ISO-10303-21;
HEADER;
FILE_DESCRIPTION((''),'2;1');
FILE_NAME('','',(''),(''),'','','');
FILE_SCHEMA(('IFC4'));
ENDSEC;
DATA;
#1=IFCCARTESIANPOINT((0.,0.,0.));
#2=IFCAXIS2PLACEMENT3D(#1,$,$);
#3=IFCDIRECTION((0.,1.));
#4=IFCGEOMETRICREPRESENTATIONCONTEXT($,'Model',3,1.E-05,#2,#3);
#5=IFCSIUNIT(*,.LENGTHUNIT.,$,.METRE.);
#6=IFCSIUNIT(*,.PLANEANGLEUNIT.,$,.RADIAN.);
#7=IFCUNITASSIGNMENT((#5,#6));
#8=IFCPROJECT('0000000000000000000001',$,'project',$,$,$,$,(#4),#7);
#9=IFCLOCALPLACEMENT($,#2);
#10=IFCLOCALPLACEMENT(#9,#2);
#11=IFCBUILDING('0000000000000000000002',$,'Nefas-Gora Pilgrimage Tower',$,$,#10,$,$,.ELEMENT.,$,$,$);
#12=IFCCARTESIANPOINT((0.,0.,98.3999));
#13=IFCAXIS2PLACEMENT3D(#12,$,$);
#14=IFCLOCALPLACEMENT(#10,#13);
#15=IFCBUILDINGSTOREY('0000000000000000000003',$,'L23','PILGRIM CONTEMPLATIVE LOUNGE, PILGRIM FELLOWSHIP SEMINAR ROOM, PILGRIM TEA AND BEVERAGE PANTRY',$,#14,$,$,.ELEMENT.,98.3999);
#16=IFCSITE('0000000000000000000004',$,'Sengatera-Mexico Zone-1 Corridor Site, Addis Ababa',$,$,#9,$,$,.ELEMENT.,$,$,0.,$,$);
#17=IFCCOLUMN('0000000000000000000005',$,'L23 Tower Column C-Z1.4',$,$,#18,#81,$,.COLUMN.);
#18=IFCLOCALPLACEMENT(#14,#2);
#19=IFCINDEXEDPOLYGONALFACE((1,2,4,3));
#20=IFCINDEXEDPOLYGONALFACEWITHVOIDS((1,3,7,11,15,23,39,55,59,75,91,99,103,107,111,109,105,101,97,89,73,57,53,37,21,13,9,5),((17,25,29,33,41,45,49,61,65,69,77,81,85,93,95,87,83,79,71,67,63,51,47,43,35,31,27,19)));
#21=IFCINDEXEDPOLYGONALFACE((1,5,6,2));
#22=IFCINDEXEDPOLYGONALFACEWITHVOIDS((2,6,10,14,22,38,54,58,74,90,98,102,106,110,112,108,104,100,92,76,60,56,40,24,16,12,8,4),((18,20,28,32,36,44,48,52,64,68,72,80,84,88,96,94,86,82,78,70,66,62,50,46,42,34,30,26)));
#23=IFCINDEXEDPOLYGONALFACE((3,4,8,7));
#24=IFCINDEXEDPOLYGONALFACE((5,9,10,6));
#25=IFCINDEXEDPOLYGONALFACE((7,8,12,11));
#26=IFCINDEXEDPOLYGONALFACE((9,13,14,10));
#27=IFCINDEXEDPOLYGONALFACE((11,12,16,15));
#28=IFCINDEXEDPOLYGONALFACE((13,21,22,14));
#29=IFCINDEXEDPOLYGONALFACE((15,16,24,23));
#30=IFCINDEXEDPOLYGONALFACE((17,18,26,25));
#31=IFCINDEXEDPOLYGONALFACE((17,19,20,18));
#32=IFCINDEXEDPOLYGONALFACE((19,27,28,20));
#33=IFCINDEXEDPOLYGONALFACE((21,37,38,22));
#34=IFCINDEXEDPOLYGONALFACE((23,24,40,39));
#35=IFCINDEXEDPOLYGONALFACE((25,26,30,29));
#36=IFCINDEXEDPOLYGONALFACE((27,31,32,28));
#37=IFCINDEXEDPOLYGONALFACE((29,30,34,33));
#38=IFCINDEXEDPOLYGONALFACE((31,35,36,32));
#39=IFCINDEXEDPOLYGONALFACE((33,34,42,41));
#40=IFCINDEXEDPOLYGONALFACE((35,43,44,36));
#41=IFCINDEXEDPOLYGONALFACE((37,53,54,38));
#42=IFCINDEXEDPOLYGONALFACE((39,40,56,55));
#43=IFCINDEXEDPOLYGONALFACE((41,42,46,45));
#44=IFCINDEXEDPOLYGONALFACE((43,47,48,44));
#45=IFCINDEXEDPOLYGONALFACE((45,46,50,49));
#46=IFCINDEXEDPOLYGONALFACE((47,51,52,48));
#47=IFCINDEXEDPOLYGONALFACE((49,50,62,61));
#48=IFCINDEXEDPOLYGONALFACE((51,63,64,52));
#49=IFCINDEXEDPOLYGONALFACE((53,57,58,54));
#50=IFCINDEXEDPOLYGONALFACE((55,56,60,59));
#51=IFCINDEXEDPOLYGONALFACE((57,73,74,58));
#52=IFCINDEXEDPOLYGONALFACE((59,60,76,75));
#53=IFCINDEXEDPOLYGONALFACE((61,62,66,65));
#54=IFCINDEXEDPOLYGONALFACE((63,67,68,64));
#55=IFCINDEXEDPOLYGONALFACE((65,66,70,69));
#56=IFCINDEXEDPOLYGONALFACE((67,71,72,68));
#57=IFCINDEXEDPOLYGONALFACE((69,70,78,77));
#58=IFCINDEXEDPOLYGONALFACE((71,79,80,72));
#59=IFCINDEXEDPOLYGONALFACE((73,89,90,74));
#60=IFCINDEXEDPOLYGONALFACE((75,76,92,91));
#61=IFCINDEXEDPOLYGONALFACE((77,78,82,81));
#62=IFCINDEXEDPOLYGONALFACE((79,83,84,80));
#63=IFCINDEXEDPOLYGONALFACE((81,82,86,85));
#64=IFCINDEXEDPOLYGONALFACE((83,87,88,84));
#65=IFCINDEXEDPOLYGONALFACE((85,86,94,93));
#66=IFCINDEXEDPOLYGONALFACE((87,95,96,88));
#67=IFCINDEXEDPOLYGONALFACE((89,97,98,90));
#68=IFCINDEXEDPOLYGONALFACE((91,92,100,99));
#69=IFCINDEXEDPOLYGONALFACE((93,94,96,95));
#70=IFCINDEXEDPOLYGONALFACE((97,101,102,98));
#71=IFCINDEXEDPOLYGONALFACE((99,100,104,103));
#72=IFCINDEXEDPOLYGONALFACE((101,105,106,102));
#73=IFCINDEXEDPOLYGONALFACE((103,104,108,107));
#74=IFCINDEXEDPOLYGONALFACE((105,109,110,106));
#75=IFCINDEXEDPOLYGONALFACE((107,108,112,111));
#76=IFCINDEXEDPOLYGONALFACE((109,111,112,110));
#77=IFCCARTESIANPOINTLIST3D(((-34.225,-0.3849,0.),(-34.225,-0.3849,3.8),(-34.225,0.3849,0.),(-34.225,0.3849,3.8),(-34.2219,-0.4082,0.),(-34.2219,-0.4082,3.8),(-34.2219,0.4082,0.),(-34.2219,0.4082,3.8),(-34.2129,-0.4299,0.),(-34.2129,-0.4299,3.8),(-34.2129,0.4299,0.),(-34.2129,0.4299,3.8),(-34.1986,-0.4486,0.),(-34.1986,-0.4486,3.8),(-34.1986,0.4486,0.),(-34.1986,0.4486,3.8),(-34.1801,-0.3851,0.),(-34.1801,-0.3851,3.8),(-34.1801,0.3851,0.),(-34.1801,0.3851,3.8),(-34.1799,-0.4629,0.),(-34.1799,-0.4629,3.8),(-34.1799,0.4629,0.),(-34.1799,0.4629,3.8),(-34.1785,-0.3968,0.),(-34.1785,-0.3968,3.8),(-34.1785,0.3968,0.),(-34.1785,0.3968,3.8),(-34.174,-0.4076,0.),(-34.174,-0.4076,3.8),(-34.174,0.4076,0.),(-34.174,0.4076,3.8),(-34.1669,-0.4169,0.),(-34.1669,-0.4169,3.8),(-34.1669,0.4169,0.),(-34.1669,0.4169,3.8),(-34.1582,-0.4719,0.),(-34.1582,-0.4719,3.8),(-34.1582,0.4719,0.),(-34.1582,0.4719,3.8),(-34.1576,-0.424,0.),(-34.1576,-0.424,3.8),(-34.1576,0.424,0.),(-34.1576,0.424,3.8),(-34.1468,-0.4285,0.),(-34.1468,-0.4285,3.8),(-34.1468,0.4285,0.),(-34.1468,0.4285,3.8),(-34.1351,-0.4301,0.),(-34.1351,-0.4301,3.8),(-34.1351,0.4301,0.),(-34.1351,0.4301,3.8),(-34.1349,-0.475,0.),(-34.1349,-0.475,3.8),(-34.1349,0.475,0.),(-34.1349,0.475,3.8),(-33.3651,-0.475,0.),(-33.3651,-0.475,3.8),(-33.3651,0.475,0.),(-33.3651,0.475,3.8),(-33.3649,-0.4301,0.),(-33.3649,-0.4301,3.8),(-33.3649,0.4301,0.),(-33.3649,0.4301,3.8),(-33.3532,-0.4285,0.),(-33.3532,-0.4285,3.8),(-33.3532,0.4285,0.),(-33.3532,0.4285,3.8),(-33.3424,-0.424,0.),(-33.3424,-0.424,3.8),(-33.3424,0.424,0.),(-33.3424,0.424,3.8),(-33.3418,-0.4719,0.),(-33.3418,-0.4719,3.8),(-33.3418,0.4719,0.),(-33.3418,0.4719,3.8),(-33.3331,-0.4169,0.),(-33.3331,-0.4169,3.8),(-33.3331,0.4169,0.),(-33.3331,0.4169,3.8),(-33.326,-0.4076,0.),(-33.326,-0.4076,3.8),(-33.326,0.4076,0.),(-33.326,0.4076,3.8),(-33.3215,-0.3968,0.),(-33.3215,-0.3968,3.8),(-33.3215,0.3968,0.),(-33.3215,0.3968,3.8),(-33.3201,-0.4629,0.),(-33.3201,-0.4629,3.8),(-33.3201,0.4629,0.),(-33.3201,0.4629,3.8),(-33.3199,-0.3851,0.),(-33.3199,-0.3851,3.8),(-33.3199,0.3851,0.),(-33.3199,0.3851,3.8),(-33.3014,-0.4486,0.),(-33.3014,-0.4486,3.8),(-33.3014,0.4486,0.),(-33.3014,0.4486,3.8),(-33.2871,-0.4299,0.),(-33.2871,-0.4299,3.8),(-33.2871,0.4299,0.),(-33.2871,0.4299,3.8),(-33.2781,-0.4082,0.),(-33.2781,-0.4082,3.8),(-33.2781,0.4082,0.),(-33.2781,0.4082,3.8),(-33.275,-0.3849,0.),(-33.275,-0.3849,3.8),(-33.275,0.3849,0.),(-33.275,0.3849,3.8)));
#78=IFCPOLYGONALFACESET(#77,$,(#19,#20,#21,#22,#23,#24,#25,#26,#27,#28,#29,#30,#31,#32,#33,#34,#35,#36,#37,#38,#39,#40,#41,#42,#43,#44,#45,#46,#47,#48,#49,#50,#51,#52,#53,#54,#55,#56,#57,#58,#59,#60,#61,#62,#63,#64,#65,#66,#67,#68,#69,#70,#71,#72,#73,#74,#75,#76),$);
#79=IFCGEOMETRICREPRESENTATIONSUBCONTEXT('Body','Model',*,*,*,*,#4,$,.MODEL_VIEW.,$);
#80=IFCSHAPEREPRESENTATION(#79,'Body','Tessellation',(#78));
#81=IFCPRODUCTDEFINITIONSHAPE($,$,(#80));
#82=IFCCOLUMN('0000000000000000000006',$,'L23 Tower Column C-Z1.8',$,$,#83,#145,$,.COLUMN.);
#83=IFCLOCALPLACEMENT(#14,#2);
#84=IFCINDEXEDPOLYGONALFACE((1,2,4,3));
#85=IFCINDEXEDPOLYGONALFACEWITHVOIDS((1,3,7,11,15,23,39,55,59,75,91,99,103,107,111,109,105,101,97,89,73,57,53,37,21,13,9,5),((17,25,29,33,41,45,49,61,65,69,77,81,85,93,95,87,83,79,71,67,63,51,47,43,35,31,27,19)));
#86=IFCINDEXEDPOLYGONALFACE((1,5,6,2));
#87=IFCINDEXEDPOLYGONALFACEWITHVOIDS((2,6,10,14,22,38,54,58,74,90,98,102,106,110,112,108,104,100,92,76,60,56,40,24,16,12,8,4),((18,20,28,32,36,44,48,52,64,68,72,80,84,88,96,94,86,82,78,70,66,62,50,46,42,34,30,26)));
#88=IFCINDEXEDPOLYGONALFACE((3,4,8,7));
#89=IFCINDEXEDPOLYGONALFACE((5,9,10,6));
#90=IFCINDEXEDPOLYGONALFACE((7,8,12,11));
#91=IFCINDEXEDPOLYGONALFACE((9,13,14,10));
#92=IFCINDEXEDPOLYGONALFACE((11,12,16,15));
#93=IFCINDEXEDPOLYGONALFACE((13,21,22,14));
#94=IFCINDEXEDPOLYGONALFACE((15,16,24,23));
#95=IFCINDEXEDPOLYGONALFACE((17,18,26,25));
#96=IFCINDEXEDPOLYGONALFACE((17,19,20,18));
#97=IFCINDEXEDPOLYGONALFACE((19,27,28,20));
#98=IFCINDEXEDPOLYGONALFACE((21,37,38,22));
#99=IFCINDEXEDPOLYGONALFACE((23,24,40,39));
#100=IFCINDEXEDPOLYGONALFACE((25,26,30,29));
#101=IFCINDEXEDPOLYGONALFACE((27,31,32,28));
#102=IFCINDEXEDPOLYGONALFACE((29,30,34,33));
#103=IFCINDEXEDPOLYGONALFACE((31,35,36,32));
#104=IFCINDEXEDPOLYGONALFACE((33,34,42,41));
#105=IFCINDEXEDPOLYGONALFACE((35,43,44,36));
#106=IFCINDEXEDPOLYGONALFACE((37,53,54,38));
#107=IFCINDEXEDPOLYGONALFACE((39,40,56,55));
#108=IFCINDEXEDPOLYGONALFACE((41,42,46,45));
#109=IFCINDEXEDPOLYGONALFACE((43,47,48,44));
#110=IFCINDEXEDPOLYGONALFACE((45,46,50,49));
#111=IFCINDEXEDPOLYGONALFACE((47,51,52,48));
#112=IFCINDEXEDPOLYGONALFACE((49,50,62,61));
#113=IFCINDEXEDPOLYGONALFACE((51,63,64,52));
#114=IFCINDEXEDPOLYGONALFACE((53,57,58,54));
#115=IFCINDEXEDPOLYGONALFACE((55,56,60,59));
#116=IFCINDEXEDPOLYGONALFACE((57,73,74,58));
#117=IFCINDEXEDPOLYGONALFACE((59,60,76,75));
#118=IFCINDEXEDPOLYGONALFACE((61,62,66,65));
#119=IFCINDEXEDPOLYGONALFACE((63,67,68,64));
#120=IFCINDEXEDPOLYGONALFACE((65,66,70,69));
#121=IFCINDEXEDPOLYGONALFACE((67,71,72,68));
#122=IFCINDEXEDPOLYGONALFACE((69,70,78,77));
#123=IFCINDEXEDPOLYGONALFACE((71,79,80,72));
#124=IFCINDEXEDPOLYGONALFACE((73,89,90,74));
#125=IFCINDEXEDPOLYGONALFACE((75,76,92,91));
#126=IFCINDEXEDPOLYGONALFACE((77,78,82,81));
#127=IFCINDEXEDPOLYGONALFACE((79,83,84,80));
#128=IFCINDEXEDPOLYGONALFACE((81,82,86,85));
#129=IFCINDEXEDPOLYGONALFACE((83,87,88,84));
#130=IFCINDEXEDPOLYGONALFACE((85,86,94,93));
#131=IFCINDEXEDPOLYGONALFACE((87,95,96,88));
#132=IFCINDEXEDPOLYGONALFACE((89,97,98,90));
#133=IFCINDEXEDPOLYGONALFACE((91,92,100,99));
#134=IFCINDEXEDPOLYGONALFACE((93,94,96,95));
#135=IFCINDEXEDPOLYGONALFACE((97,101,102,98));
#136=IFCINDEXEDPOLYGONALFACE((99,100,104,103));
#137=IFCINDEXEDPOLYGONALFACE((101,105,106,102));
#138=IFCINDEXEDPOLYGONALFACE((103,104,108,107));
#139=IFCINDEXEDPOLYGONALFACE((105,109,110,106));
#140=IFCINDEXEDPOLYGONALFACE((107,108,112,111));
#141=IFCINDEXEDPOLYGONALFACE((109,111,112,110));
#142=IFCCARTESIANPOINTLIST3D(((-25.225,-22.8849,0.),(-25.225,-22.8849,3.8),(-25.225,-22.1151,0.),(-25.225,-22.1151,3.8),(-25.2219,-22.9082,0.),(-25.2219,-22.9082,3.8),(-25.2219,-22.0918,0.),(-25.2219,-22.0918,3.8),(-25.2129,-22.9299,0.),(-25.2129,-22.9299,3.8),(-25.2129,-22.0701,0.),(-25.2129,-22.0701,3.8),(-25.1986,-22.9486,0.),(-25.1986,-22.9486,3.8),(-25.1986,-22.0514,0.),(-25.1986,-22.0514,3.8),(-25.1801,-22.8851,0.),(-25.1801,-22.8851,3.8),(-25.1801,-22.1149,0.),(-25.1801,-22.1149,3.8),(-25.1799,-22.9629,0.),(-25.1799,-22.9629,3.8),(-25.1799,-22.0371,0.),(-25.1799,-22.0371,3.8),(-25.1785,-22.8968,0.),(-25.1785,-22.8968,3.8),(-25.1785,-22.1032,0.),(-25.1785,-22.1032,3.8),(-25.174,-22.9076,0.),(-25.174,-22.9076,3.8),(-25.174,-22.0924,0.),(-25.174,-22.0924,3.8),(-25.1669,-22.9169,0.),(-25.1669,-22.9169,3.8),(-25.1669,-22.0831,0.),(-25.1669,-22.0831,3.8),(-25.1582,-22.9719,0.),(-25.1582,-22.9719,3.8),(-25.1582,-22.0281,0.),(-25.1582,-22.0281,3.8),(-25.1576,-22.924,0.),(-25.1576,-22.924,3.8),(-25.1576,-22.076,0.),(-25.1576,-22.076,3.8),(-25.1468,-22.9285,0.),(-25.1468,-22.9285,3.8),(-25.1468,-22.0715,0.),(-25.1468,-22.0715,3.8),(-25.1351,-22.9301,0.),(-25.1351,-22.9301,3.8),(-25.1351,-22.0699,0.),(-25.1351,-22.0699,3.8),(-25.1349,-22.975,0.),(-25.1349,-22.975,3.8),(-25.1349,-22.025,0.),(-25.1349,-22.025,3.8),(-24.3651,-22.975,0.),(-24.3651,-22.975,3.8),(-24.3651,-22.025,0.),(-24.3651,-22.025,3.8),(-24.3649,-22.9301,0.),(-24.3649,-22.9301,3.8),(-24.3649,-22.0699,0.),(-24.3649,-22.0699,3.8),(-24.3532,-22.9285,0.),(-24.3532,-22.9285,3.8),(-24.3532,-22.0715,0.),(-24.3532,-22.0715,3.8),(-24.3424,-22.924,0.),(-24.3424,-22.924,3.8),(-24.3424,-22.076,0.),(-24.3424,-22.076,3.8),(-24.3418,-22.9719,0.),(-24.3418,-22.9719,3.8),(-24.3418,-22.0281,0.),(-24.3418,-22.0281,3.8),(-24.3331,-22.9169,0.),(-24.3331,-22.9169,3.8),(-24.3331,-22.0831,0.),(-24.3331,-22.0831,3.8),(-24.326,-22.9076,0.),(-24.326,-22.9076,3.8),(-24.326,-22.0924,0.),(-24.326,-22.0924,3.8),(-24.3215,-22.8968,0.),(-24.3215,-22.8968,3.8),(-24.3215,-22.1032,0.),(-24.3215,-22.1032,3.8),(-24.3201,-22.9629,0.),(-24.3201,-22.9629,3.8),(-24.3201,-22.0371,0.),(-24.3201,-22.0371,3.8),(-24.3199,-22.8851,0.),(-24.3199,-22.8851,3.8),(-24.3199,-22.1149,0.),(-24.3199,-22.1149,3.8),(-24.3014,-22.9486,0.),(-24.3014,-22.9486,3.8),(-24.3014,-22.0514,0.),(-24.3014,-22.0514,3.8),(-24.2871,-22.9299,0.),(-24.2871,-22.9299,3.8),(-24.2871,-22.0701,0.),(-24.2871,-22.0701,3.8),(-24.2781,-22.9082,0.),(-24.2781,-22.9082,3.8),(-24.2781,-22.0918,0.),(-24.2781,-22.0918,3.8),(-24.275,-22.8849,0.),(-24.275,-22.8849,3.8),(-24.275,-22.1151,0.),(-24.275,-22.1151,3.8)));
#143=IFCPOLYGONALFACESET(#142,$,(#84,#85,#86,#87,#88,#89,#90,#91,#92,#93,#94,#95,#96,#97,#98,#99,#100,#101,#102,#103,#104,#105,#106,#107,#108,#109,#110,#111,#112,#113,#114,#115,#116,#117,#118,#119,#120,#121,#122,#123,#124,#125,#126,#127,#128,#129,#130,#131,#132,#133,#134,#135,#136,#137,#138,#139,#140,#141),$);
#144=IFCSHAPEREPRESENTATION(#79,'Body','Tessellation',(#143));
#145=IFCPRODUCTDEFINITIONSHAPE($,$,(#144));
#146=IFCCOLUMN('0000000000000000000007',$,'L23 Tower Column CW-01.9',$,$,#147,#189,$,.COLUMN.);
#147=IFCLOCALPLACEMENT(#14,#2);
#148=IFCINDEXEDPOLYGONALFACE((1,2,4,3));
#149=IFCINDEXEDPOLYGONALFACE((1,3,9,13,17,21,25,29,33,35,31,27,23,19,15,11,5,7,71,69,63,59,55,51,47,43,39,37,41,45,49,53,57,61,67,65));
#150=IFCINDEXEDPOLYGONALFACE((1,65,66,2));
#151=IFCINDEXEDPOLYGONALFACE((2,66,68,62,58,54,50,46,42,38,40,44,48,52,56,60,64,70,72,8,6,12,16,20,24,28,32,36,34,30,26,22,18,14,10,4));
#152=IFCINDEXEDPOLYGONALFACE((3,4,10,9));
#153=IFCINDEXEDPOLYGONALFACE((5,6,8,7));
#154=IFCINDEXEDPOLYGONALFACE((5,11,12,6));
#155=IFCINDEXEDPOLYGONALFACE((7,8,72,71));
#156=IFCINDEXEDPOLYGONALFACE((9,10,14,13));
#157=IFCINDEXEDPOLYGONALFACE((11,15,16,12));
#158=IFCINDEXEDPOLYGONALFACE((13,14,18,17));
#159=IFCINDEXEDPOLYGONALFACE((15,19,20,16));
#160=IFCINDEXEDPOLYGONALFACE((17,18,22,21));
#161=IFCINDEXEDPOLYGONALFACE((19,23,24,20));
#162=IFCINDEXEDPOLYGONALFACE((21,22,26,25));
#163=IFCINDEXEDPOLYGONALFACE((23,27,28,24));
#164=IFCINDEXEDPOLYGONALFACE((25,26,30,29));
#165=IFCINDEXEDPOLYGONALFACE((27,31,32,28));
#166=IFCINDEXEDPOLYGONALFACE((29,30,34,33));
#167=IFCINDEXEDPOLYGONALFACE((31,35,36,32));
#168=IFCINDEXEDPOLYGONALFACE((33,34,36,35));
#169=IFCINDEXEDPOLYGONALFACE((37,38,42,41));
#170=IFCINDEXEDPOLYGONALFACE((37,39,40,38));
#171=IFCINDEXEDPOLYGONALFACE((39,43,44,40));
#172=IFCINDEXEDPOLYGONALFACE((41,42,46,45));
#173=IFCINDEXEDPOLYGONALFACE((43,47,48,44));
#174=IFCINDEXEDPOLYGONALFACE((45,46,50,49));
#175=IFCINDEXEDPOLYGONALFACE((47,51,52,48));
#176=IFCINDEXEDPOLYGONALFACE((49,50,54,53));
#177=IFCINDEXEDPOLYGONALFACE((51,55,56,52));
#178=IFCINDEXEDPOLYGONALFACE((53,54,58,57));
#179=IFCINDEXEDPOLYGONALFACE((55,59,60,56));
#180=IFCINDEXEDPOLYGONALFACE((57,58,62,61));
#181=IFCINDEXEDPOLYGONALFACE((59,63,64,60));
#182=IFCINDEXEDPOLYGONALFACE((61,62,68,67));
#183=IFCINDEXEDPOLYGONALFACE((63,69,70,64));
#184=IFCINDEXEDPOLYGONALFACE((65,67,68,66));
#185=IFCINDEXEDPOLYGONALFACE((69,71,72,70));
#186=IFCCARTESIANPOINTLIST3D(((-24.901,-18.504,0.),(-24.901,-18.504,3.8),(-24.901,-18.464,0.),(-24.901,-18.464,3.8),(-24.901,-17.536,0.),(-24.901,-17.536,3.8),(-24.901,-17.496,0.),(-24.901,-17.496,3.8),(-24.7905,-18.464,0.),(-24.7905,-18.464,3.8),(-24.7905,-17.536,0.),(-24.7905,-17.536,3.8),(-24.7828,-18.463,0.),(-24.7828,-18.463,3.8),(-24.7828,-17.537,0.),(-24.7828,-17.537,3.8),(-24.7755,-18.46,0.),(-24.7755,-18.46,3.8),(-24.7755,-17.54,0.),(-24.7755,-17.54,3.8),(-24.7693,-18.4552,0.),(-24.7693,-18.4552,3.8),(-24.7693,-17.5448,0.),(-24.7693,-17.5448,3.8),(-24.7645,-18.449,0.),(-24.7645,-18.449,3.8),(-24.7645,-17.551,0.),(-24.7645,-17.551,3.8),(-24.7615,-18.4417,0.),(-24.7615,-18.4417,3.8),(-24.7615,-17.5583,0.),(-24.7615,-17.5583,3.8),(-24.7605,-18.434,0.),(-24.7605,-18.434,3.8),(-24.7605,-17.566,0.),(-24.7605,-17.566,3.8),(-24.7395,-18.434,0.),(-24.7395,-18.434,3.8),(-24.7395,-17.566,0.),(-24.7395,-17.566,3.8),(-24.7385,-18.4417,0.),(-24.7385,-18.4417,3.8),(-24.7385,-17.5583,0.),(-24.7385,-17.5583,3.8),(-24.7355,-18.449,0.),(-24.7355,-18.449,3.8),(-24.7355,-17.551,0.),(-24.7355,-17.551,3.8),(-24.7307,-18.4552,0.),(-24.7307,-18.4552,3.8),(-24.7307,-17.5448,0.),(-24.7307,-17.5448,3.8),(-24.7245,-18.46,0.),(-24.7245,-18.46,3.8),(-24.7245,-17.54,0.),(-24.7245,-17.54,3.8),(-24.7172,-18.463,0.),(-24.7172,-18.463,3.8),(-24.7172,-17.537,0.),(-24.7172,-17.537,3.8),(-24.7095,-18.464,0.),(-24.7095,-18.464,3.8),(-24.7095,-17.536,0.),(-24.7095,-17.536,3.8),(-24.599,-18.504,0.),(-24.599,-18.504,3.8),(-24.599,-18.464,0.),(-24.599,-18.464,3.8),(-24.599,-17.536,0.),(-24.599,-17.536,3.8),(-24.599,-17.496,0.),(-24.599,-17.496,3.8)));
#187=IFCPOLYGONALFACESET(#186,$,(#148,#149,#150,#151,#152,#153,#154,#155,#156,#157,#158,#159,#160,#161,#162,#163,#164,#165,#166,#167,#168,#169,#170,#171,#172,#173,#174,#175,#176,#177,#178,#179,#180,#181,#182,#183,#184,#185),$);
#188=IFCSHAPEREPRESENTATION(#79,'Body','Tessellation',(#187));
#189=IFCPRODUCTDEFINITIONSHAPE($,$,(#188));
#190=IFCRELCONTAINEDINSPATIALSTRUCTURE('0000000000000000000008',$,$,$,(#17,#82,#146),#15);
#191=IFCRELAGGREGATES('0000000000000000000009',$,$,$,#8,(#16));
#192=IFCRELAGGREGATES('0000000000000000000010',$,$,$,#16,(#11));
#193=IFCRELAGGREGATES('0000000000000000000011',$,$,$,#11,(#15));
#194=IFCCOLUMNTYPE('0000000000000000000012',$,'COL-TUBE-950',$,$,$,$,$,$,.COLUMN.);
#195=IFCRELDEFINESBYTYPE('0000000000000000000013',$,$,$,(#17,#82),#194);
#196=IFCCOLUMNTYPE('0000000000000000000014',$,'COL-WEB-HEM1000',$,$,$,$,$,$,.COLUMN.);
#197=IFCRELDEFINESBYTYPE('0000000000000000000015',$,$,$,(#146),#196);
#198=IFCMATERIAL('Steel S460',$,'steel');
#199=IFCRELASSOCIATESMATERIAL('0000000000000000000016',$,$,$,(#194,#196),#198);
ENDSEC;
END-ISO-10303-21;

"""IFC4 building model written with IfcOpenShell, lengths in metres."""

from ifc_helpers import new_model, si_unit, direction, frame, origin, origin_2d, place, context, subcontext, project, spatial, hollow_rectangle, i_section, extrude, source, transform, mapped, material, material_profile, profile_set, type_object, element, save


model = new_model("IFC4")

# Units and contexts
model_context = context("Model", 3, precision=1e-05, world=origin(), true_north=direction((0.0, 1.0)))
body_context = subcontext(model_context, "Body", "Model", "MODEL_VIEW")
ifc_project = project(units=[si_unit("LENGTHUNIT", "METRE"), si_unit("PLANEANGLEUNIT", "RADIAN")], contexts=[model_context])

# Site, building, storey
site_placement = place(None, origin())
site = spatial("IfcSite", under=ifc_project, at=site_placement, Name="Sengatera-Mexico Zone-1 Corridor Site, Addis Ababa", CompositionType="ELEMENT", RefElevation=0.0)
building_placement = place(site_placement, origin())
building = spatial("IfcBuilding", under=site, at=building_placement, Name="Nefas-Gora Pilgrimage Tower", CompositionType="ELEMENT")
storey_placement = place(building_placement, frame((0.0, 0.0, 98.3999)))
storey = spatial("IfcBuildingStorey", under=building, at=storey_placement, Name="L23", Description="PILGRIM CONTEMPLATIVE LOUNGE, PILGRIM FELLOWSHIP SEMINAR ROOM, PILGRIM TEA AND BEVERAGE PANTRY", CompositionType="ELEMENT", Elevation=98.3999)

# Columns
ifc_material_1 = material(Name="Steel S460", Category="steel")
ifc_material_profile_1 = material_profile(ifc_material_1, hollow_rectangle(XDim=0.95, YDim=0.95, WallThickness=0.0449, InnerFilletRadius=0.0449, OuterFilletRadius=0.0901, at=origin_2d()), Name="BOX 950x950x45")
ifc_profile_set_1 = profile_set([ifc_material_profile_1], Name="Steel S460")
column_type_1 = type_object("IfcColumnType", Name="COL-TUBE-950", PredefinedType="COLUMN", material=ifc_profile_set_1)
shared_shape_1 = source(origin(), body_context, "Body", "SweptSolid", [
    extrude(hollow_rectangle(XDim=0.95, YDim=0.95, WallThickness=0.0449, InnerFilletRadius=0.0449, OuterFilletRadius=0.0901, at=origin_2d()), origin(), (0.0, 0.0, 1.0), 3.8),
])
for number, where, z_axis, x_axis, name in (
    (1, (-33.75, 0.0, 0.0), (0.0, 0.0, 1.0), (1.0, 0.0, 0.0), "L23 Tower Column C-Z1.4"),
    (2, (-24.75, -22.5, 0.0), (0.0, 0.0, 1.0), (1.0, 0.0, 0.0), "L23 Tower Column C-Z1.8"),
):
    element("IfcColumn", number, at=place(storey_placement, frame(where, z_axis=z_axis, x_axis=x_axis)), inside=storey, type_object=column_type_1, Name=name, PredefinedType="COLUMN", context=body_context, shape_type="MappedRepresentation", body=[
        mapped(shared_shape_1, transform((0.0, 0.0, 0.0), x_axis=(1.0, 0.0, 0.0), y_axis=(0.0, 1.0, 0.0), z_axis=(0.0, 0.0, 1.0), scale=1.0)),
    ])
ifc_material_profile_2 = material_profile(ifc_material_1, i_section(OverallWidth=0.302, OverallDepth=1.0081, WebThickness=0.021, FlangeThickness=0.04, FilletRadius=0.03, at=origin_2d()), Name="HEM 1000")
ifc_profile_set_2 = profile_set([ifc_material_profile_2], Name="Steel S460")
column_type_2 = type_object("IfcColumnType", Name="COL-WEB-HEM1000", PredefinedType="COLUMN", material=ifc_profile_set_2)
shared_shape_2 = source(origin(), body_context, "Body", "SweptSolid", [
    extrude(i_section(OverallWidth=0.302, OverallDepth=1.0081, WebThickness=0.021, FlangeThickness=0.04, FilletRadius=0.03, at=origin_2d()), origin(), (0.0, 0.0, 1.0), 3.8),
])
for number, where, z_axis, x_axis, name in (
    (3, (-24.75, -18.0, 0.0), (0.0, 0.0, 1.0), (1.0, 0.0, 0.0), "L23 Tower Column CW-01.9"),
):
    element("IfcColumn", number, at=place(storey_placement, frame(where, z_axis=z_axis, x_axis=x_axis)), inside=storey, type_object=column_type_2, Name=name, PredefinedType="COLUMN", context=body_context, shape_type="MappedRepresentation", body=[
        mapped(shared_shape_2, transform((0.0, 0.0, 0.0), x_axis=(1.0, 0.0, 0.0), y_axis=(0.0, 1.0, 0.0), z_axis=(0.0, 0.0, 1.0), scale=1.0)),
    ])

save(model, "model.ifc")
